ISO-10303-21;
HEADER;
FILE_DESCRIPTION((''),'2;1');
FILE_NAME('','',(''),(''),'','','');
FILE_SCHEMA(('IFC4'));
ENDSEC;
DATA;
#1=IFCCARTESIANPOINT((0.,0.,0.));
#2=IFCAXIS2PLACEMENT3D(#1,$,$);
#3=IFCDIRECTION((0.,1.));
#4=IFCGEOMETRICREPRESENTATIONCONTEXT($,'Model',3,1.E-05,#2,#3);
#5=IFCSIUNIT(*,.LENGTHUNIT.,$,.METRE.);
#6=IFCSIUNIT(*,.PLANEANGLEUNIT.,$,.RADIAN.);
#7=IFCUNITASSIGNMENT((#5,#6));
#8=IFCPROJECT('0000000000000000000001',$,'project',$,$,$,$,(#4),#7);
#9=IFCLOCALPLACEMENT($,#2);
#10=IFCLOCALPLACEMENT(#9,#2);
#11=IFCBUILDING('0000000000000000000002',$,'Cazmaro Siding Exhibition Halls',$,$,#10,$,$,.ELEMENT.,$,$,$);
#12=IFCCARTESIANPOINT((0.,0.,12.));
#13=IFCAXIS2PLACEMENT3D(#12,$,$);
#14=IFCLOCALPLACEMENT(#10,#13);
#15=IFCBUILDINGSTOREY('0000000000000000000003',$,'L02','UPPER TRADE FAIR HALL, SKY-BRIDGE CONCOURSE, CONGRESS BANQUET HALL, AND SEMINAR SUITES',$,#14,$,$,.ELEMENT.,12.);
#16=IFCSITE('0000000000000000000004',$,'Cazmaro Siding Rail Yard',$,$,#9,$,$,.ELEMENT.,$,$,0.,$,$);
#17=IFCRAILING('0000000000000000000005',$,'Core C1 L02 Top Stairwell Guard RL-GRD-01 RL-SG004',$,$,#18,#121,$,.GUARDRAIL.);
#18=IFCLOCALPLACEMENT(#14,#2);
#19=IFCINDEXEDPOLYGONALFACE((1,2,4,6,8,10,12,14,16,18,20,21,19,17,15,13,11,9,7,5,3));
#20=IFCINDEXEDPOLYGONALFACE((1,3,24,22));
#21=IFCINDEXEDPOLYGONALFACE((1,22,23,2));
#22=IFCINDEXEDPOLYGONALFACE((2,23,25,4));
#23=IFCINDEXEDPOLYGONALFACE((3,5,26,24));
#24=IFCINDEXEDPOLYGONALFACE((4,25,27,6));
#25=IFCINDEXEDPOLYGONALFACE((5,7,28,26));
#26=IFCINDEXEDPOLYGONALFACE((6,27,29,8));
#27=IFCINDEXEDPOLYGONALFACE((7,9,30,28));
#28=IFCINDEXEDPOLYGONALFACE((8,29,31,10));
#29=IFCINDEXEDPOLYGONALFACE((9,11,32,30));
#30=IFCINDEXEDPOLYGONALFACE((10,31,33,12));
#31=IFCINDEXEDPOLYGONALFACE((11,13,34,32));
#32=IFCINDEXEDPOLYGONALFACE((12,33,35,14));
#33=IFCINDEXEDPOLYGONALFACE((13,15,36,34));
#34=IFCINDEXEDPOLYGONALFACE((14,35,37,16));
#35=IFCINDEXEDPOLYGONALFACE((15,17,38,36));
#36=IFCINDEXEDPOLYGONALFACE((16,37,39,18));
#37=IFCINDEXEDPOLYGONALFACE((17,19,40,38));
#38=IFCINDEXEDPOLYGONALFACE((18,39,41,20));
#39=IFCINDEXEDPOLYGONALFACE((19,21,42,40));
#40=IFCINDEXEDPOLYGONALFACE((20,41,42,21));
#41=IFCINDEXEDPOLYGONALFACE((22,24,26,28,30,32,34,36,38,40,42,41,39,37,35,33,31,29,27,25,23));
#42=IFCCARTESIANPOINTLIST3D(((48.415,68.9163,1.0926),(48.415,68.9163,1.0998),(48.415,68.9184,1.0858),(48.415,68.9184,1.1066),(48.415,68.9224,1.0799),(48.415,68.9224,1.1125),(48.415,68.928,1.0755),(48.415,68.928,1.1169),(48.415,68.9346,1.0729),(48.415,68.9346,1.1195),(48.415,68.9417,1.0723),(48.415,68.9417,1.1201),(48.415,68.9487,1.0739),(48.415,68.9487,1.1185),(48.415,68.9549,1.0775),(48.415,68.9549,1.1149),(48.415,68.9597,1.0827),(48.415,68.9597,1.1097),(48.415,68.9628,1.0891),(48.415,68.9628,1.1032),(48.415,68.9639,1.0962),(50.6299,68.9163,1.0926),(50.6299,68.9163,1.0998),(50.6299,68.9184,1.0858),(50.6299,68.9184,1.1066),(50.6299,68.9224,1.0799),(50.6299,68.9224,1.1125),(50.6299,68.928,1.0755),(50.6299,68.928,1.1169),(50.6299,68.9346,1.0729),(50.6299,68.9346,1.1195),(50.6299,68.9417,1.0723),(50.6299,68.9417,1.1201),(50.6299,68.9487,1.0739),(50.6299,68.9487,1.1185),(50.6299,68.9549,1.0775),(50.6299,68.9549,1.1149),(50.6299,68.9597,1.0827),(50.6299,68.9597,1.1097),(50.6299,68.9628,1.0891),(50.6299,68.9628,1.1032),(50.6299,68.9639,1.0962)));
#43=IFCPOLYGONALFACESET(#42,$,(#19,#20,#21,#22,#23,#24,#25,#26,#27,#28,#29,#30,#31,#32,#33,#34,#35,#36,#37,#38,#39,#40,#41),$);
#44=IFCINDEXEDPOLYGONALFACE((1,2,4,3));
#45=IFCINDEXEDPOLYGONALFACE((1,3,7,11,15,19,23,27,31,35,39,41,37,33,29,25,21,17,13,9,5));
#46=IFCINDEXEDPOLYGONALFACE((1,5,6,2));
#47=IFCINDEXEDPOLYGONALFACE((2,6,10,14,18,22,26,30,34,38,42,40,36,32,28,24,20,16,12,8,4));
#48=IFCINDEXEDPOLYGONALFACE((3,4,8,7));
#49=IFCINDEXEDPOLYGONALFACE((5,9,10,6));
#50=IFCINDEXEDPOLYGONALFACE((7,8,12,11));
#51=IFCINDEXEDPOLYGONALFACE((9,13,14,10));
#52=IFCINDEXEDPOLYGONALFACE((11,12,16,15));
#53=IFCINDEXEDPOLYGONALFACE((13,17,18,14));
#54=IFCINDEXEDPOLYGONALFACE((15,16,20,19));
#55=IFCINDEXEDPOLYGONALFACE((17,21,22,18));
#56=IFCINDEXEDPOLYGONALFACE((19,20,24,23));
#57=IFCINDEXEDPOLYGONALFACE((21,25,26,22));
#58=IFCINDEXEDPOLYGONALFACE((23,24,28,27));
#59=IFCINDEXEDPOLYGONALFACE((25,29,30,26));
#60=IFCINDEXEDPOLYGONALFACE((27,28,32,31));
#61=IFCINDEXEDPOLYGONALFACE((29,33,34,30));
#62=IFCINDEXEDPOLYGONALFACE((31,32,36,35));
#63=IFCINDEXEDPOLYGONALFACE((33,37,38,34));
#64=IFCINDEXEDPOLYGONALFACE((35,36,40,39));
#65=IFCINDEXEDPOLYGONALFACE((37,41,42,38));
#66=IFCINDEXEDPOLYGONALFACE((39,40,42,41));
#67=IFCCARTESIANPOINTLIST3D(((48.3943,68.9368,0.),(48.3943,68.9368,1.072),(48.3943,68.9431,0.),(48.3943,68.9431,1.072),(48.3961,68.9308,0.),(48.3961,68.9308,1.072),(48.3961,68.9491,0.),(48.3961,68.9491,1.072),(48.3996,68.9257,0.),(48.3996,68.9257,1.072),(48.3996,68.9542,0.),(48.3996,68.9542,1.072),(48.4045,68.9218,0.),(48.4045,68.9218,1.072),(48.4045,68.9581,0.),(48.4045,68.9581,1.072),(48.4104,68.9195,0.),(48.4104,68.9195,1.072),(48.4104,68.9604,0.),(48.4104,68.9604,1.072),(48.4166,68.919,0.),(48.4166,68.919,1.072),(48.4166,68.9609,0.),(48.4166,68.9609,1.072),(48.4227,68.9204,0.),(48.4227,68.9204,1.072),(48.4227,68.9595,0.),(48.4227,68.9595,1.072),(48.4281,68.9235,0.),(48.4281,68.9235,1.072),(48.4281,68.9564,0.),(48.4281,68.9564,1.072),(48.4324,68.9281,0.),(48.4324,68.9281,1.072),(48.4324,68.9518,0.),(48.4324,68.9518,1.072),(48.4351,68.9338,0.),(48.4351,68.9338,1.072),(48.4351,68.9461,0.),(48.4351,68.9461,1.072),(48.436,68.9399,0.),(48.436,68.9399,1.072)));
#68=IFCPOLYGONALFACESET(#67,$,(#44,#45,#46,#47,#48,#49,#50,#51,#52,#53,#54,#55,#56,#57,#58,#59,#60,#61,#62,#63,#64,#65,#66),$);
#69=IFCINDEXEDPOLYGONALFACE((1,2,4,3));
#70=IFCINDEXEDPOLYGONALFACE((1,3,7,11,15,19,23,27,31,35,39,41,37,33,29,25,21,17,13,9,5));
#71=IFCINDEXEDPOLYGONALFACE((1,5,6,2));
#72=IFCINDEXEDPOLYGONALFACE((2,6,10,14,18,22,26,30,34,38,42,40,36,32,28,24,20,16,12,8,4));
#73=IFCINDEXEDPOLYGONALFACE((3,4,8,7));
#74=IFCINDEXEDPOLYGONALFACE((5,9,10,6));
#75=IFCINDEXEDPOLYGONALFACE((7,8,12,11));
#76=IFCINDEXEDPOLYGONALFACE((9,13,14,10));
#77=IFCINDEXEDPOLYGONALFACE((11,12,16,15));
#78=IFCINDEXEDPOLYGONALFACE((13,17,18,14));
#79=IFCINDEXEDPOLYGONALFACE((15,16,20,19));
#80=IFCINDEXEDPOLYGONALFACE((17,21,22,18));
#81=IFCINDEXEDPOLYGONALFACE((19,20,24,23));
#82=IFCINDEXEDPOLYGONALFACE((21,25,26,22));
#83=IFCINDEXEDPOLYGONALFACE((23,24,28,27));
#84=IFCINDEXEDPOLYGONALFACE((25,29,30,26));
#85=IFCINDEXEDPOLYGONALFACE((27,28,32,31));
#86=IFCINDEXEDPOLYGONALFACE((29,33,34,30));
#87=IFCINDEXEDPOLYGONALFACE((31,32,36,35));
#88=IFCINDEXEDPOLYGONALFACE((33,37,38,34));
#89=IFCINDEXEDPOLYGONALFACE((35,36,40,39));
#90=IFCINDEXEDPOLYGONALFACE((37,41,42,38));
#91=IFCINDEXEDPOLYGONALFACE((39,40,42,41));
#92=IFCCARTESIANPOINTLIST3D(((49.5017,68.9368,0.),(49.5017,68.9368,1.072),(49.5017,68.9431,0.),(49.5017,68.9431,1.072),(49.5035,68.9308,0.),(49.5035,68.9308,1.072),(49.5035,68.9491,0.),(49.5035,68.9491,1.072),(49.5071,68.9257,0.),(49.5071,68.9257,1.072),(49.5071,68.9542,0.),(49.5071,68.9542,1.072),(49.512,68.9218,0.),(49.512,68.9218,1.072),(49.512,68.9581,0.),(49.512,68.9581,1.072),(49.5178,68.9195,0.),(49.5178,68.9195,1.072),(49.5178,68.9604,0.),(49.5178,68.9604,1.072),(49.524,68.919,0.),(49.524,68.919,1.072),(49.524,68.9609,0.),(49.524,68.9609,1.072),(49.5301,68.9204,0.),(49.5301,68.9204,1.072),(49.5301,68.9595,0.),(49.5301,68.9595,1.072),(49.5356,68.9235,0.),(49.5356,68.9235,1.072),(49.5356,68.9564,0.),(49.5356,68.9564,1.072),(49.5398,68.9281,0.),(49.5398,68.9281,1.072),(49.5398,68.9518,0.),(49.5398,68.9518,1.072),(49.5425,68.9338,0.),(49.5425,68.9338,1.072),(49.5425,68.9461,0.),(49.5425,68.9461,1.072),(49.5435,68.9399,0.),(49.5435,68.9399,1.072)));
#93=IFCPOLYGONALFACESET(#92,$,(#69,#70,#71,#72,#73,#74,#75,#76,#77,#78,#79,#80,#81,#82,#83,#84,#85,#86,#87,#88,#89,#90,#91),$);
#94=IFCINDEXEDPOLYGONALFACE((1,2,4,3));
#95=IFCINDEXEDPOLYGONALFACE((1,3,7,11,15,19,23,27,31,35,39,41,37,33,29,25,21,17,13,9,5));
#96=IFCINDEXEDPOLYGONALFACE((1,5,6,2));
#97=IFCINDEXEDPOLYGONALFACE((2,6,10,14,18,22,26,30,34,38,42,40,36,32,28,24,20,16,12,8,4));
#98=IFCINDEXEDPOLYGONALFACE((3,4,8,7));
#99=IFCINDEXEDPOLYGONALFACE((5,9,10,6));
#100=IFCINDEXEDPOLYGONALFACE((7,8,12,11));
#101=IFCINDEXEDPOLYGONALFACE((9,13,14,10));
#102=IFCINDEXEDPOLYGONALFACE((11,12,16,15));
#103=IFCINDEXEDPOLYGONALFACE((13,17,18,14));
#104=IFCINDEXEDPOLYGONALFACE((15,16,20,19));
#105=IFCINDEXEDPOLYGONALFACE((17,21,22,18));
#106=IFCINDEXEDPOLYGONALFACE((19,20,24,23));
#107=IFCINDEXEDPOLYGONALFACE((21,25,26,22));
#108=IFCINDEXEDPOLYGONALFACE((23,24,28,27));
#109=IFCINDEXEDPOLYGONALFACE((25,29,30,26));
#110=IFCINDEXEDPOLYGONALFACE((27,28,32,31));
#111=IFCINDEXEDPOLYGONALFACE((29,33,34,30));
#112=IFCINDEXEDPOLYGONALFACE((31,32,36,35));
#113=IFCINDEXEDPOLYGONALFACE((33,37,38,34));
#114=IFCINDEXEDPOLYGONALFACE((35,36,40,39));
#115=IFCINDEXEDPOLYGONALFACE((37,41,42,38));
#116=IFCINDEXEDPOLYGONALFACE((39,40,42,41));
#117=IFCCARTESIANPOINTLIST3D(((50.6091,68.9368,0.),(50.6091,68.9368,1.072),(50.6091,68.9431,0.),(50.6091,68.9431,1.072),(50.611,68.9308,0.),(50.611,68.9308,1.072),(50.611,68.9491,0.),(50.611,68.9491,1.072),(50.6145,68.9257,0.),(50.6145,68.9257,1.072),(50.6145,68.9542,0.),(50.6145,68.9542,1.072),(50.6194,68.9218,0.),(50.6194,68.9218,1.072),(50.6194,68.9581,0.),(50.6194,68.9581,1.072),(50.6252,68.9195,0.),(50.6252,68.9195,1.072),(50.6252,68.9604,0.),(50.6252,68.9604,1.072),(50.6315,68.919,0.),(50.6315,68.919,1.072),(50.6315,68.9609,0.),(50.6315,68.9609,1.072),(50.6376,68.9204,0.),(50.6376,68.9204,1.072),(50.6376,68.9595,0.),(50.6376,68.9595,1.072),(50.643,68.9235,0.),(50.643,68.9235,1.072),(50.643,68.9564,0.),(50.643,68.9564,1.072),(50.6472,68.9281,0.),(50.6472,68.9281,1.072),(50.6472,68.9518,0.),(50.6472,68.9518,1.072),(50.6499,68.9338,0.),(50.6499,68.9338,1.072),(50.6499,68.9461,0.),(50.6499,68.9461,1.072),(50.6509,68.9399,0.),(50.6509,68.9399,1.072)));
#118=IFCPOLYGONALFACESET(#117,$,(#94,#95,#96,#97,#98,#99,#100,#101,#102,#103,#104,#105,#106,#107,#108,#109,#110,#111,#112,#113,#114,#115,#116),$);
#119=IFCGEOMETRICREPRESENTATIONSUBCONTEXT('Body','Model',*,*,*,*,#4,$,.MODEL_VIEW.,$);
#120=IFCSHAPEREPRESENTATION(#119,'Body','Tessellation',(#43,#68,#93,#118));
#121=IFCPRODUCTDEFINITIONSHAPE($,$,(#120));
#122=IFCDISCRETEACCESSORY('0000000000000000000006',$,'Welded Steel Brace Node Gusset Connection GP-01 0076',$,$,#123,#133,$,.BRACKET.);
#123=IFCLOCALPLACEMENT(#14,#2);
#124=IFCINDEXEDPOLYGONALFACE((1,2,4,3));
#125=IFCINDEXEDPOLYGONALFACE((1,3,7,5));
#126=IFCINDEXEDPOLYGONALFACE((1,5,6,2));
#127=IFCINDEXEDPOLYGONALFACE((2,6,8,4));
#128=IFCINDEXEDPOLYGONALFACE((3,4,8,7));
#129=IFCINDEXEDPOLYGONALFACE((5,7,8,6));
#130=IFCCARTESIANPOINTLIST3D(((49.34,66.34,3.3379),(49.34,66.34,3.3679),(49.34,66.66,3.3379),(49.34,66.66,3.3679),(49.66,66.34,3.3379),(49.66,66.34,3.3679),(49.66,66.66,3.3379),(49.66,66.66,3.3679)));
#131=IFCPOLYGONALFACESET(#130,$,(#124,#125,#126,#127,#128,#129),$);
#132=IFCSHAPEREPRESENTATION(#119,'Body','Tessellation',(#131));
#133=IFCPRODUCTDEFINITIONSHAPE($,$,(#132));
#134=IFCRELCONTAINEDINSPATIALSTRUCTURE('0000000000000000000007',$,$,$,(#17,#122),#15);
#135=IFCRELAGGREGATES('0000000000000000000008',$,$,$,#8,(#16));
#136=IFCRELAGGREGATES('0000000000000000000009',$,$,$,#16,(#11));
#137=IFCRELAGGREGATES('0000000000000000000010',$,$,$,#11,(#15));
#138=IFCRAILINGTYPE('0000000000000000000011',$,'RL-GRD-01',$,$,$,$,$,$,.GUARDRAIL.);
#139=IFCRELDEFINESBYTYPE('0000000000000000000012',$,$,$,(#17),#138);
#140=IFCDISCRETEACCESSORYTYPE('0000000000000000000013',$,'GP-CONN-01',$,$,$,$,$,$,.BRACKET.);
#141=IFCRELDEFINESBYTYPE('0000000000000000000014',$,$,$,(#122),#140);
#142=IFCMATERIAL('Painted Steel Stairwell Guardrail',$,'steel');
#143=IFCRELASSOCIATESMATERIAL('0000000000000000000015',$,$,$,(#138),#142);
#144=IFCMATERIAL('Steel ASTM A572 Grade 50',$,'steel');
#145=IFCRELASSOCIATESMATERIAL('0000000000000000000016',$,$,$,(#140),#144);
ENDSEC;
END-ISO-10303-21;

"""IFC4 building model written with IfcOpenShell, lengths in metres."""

from ifc_helpers import new_model, si_unit, direction, frame, origin, origin_2d, place, context, subcontext, project, spatial, rectangle, circle, extrude, material, type_object, element, save


model = new_model("IFC4")

# Units and contexts
model_context = context("Model", 3, precision=1e-05, world=origin(), true_north=direction((0.0, 1.0)))
body_context = subcontext(model_context, "Body", "Model", "MODEL_VIEW")
ifc_project = project(units=[si_unit("LENGTHUNIT", "METRE"), si_unit("PLANEANGLEUNIT", "RADIAN")], contexts=[model_context])

# Site, building, storey
site_placement = place(None, origin())
site = spatial("IfcSite", under=ifc_project, at=site_placement, Name="Cazmaro Siding Rail Yard", CompositionType="ELEMENT", RefElevation=0.0)
building_placement = place(site_placement, origin())
building = spatial("IfcBuilding", under=site, at=building_placement, Name="Cazmaro Siding Exhibition Halls", CompositionType="ELEMENT")
storey_placement = place(building_placement, frame((0.0, 0.0, 12.0)))
storey = spatial("IfcBuildingStorey", under=building, at=storey_placement, Name="L02", Description="UPPER TRADE FAIR HALL, SKY-BRIDGE CONCOURSE, CONGRESS BANQUET HALL, AND SEMINAR SUITES", CompositionType="ELEMENT", Elevation=12.0)

# Railing
ifc_material_1 = material(Name="Painted Steel Stairwell Guardrail", Category="steel")
railing_type = type_object("IfcRailingType", Name="RL-GRD-01", PredefinedType="GUARDRAIL", material=ifc_material_1)
railing_placement = place(storey_placement, frame((48.415, 68.9399, 0.0)))
element("IfcRailing", 1, at=railing_placement, inside=storey, type_object=railing_type, Name="Core C1 L02 Top Stairwell Guard RL-GRD-01 RL-SG004", PredefinedType="GUARDRAIL", context=body_context, shape_type="SweptSolid", body=[
    extrude(circle(Radius=0.0239, at=origin_2d()), frame((0.0, 0.0, 1.0962), z_axis=(1.0, 0.0, 0.0), x_axis=(0.0, 1.0, 0.0)), (0.0, 0.0, 1.0), 2.2148),
    extrude(circle(Radius=0.021, at=origin_2d()), origin(), (0.0, 0.0, 1.0), 1.072),
    extrude(circle(Radius=0.021, at=origin_2d()), frame((1.1074, 0.0, 0.0)), (0.0, 0.0, 1.0), 1.072),
    extrude(circle(Radius=0.021, at=origin_2d()), frame((2.2148, 0.0, 0.0)), (0.0, 0.0, 1.0), 1.072),
])

# Discrete accessory
ifc_material_2 = material(Name="Steel ASTM A572 Grade 50", Category="steel")
discrete_accessory_type = type_object("IfcDiscreteAccessoryType", Name="GP-CONN-01", PredefinedType="BRACKET", material=ifc_material_2)
discrete_accessory_placement = place(storey_placement, frame((49.5, 66.5, 3.3379), z_axis=(0.0, 0.0, 1.0), x_axis=(1.0, 0.0, 0.0)))
element("IfcDiscreteAccessory", 2, at=discrete_accessory_placement, inside=storey, type_object=discrete_accessory_type, Name="Welded Steel Brace Node Gusset Connection GP-01 0076", PredefinedType="BRACKET", context=body_context, shape_type="SweptSolid", body=[
    extrude(rectangle(XDim=0.3201, YDim=0.3201, at=origin_2d()), origin(), (0.0, 0.0, 1.0), 0.03),
])

save(model, "model.ifc")
